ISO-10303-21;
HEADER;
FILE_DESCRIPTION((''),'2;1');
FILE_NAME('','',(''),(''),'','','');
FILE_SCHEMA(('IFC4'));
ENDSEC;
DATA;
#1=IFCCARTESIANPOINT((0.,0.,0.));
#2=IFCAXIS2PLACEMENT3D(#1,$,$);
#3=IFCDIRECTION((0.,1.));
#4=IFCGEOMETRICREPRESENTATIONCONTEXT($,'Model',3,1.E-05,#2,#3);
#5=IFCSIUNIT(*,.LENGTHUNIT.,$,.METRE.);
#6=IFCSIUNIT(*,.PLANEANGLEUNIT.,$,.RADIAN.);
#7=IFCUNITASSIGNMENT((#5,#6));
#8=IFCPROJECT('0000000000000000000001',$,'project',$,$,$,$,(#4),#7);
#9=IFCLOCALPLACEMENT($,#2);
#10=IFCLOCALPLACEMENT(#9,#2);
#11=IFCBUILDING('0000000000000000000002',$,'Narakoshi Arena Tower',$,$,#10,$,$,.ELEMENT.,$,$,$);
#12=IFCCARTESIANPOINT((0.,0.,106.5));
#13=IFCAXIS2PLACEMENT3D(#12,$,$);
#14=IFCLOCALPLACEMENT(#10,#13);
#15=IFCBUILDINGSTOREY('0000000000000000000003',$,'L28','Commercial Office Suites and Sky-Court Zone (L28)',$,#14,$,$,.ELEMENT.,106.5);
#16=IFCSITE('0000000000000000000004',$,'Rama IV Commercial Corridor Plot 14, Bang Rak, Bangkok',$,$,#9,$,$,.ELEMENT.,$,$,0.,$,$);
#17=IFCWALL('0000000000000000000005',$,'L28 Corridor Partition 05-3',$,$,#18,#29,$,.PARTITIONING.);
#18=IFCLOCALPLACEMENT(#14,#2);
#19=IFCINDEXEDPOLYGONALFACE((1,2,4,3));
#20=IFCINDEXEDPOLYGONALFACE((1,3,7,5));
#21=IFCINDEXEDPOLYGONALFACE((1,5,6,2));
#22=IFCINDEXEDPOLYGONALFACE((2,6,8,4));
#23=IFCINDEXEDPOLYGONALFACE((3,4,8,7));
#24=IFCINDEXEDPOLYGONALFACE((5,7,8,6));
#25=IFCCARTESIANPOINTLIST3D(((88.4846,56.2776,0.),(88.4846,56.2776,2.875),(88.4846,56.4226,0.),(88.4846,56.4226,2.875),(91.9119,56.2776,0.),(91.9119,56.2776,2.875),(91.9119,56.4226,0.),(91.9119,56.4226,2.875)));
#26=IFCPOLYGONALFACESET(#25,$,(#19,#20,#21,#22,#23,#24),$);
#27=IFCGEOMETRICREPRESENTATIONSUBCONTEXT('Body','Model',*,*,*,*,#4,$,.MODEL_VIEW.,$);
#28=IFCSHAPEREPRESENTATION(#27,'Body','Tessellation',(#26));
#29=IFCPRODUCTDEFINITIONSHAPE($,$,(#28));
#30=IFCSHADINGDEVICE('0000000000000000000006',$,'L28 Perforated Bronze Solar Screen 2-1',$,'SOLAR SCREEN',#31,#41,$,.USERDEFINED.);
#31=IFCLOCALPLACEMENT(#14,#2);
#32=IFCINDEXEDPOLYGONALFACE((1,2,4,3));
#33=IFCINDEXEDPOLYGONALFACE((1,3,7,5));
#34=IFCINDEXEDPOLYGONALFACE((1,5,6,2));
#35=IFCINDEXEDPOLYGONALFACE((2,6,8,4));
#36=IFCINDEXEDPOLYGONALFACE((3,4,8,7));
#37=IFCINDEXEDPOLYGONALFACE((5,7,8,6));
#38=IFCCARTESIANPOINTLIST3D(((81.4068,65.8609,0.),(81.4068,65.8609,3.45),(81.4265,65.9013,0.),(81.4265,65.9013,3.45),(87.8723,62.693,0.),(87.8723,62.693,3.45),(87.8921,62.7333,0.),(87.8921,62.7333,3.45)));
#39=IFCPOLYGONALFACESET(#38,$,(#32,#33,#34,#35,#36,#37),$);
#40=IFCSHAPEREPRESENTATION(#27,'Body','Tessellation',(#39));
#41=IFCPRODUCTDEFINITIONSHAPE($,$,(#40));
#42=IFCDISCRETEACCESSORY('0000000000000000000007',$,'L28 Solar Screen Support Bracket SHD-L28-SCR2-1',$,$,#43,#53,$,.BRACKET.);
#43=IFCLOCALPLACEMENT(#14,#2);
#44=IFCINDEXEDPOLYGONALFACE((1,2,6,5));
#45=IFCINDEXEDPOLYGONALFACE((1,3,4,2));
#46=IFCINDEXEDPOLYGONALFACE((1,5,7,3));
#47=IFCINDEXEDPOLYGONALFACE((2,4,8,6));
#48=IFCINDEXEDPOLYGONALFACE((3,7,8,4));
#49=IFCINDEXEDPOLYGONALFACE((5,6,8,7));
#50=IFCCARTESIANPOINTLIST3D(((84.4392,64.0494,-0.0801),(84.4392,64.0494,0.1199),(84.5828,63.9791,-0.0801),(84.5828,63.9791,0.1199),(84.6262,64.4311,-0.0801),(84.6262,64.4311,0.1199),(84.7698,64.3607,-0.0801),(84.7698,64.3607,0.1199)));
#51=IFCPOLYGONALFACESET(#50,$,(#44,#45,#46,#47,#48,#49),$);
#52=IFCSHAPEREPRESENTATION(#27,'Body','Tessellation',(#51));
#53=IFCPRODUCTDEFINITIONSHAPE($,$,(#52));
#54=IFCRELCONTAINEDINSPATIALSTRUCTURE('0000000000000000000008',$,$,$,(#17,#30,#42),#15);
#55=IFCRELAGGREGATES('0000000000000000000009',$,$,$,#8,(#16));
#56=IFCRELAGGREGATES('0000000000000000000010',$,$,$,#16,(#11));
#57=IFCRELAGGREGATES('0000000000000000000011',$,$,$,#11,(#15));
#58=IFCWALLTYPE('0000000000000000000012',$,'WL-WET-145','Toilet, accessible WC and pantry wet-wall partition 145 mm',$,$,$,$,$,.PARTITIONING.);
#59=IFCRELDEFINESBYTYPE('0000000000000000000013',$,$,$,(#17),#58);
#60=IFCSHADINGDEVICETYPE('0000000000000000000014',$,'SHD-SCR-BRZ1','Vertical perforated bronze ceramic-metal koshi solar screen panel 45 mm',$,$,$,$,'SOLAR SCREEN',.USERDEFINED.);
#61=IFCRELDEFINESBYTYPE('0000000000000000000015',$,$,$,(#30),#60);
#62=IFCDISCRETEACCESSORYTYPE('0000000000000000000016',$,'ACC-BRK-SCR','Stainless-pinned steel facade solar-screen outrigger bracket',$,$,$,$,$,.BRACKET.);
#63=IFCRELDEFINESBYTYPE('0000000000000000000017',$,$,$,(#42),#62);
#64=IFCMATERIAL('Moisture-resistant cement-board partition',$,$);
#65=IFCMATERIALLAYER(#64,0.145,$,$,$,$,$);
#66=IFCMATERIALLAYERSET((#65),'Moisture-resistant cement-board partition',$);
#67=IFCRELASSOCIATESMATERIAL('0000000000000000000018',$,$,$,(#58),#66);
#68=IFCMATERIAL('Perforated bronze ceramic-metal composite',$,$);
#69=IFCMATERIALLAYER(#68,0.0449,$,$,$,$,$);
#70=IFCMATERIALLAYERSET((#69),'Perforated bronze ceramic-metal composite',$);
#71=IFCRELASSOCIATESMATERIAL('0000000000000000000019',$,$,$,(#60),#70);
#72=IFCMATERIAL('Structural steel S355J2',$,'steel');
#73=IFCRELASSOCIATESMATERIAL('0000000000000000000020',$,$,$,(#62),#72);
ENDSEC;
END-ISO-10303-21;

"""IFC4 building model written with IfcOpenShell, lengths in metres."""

from ifc_helpers import new_model, si_unit, direction, frame, frame_2d, origin, origin_2d, place, context, subcontext, project, spatial, rectangle, extrude, material, layer, layer_set, type_object, element, save


model = new_model("IFC4")

# Units and contexts
model_context = context("Model", 3, precision=1e-05, world=origin(), true_north=direction((0.0, 1.0)))
body_context = subcontext(model_context, "Body", "Model", "MODEL_VIEW")
ifc_project = project(units=[si_unit("LENGTHUNIT", "METRE"), si_unit("PLANEANGLEUNIT", "RADIAN")], contexts=[model_context])

# Site, building, storey
site_placement = place(None, origin())
site = spatial("IfcSite", under=ifc_project, at=site_placement, Name="Rama IV Commercial Corridor Plot 14, Bang Rak, Bangkok", CompositionType="ELEMENT", RefElevation=0.0)
building_placement = place(site_placement, origin())
building = spatial("IfcBuilding", under=site, at=building_placement, Name="Narakoshi Arena Tower", CompositionType="ELEMENT")
storey_placement = place(building_placement, frame((0.0, 0.0, 106.5)))
storey = spatial("IfcBuildingStorey", under=building, at=storey_placement, Name="L28", Description="Commercial Office Suites and Sky-Court Zone (L28)", CompositionType="ELEMENT", Elevation=106.5)

# Shared definitions
ifc_material_1 = material(Name="Structural steel S355J2", Category="steel")

# Wall
ifc_material_2 = material(Name="Moisture-resistant cement-board partition")
ifc_layer_1 = layer(ifc_material_2, 0.145)
ifc_layer_set_1 = layer_set([ifc_layer_1], Name="Moisture-resistant cement-board partition")
wall_type_1 = type_object("IfcWallType", Name="WL-WET-145", Description="Toilet, accessible WC and pantry wet-wall partition 145 mm", PredefinedType="PARTITIONING", material=ifc_layer_set_1)
wall_1_placement = place(storey_placement, frame((88.4846, 56.3501, 0.0), z_axis=(0.0, 0.0, 1.0), x_axis=(1.0, 0.0, 0.0)))
element("IfcWall", 1, at=wall_1_placement, inside=storey, type_object=wall_type_1, Name="L28 Corridor Partition 05-3", PredefinedType="PARTITIONING", context=body_context, shape_type="SweptSolid", body=[
    extrude(rectangle(XDim=3.4272, YDim=0.145, at=frame_2d((1.7136, 0.0))), origin(), (0.0, 0.0, 1.0), 2.875),
])

# Shading device
ifc_material_3 = material(Name="Perforated bronze ceramic-metal composite")
ifc_layer_2 = layer(ifc_material_3, 0.0449)
ifc_layer_set_2 = layer_set([ifc_layer_2], Name="Perforated bronze ceramic-metal composite")
shading_device_type = type_object("IfcShadingDeviceType", Name="SHD-SCR-BRZ1", Description="Vertical perforated bronze ceramic-metal koshi solar screen panel 45 mm", ElementType="SOLAR SCREEN", PredefinedType="USERDEFINED", material=ifc_layer_set_2)
shading_device_placement = place(storey_placement, frame((84.6494, 64.2971, 0.0), z_axis=(0.0, 0.0, 1.0), x_axis=(-0.897997, 0.440002, 0.0)))
element("IfcShadingDevice", 2, at=shading_device_placement, inside=storey, type_object=shading_device_type, Name="L28 Perforated Bronze Solar Screen 2-1", ObjectType="SOLAR SCREEN", PredefinedType="USERDEFINED", context=body_context, shape_type="SweptSolid", body=[
    extrude(rectangle(XDim=7.2, YDim=0.0449, at=origin_2d()), origin(), (0.0, 0.0, 1.0), 3.45),
])

# Discrete accessory
discrete_accessory_type = type_object("IfcDiscreteAccessoryType", Name="ACC-BRK-SCR", Description="Stainless-pinned steel facade solar-screen outrigger bracket", PredefinedType="BRACKET", material=ifc_material_1)
discrete_accessory_placement = place(storey_placement, frame((84.6045, 64.2051, -0.0801), z_axis=(0.0, 0.0, 1.0), x_axis=(-0.897997, 0.440002, 0.0)))
element("IfcDiscreteAccessory", 3, at=discrete_accessory_placement, inside=storey, type_object=discrete_accessory_type, Name="L28 Solar Screen Support Bracket SHD-L28-SCR2-1", PredefinedType="BRACKET", context=body_context, shape_type="SweptSolid", body=[
    extrude(rectangle(XDim=0.1599, YDim=0.425, at=origin_2d()), origin(), (0.0, 0.0, 1.0), 0.2),
])

save(model, "model.ifc")
